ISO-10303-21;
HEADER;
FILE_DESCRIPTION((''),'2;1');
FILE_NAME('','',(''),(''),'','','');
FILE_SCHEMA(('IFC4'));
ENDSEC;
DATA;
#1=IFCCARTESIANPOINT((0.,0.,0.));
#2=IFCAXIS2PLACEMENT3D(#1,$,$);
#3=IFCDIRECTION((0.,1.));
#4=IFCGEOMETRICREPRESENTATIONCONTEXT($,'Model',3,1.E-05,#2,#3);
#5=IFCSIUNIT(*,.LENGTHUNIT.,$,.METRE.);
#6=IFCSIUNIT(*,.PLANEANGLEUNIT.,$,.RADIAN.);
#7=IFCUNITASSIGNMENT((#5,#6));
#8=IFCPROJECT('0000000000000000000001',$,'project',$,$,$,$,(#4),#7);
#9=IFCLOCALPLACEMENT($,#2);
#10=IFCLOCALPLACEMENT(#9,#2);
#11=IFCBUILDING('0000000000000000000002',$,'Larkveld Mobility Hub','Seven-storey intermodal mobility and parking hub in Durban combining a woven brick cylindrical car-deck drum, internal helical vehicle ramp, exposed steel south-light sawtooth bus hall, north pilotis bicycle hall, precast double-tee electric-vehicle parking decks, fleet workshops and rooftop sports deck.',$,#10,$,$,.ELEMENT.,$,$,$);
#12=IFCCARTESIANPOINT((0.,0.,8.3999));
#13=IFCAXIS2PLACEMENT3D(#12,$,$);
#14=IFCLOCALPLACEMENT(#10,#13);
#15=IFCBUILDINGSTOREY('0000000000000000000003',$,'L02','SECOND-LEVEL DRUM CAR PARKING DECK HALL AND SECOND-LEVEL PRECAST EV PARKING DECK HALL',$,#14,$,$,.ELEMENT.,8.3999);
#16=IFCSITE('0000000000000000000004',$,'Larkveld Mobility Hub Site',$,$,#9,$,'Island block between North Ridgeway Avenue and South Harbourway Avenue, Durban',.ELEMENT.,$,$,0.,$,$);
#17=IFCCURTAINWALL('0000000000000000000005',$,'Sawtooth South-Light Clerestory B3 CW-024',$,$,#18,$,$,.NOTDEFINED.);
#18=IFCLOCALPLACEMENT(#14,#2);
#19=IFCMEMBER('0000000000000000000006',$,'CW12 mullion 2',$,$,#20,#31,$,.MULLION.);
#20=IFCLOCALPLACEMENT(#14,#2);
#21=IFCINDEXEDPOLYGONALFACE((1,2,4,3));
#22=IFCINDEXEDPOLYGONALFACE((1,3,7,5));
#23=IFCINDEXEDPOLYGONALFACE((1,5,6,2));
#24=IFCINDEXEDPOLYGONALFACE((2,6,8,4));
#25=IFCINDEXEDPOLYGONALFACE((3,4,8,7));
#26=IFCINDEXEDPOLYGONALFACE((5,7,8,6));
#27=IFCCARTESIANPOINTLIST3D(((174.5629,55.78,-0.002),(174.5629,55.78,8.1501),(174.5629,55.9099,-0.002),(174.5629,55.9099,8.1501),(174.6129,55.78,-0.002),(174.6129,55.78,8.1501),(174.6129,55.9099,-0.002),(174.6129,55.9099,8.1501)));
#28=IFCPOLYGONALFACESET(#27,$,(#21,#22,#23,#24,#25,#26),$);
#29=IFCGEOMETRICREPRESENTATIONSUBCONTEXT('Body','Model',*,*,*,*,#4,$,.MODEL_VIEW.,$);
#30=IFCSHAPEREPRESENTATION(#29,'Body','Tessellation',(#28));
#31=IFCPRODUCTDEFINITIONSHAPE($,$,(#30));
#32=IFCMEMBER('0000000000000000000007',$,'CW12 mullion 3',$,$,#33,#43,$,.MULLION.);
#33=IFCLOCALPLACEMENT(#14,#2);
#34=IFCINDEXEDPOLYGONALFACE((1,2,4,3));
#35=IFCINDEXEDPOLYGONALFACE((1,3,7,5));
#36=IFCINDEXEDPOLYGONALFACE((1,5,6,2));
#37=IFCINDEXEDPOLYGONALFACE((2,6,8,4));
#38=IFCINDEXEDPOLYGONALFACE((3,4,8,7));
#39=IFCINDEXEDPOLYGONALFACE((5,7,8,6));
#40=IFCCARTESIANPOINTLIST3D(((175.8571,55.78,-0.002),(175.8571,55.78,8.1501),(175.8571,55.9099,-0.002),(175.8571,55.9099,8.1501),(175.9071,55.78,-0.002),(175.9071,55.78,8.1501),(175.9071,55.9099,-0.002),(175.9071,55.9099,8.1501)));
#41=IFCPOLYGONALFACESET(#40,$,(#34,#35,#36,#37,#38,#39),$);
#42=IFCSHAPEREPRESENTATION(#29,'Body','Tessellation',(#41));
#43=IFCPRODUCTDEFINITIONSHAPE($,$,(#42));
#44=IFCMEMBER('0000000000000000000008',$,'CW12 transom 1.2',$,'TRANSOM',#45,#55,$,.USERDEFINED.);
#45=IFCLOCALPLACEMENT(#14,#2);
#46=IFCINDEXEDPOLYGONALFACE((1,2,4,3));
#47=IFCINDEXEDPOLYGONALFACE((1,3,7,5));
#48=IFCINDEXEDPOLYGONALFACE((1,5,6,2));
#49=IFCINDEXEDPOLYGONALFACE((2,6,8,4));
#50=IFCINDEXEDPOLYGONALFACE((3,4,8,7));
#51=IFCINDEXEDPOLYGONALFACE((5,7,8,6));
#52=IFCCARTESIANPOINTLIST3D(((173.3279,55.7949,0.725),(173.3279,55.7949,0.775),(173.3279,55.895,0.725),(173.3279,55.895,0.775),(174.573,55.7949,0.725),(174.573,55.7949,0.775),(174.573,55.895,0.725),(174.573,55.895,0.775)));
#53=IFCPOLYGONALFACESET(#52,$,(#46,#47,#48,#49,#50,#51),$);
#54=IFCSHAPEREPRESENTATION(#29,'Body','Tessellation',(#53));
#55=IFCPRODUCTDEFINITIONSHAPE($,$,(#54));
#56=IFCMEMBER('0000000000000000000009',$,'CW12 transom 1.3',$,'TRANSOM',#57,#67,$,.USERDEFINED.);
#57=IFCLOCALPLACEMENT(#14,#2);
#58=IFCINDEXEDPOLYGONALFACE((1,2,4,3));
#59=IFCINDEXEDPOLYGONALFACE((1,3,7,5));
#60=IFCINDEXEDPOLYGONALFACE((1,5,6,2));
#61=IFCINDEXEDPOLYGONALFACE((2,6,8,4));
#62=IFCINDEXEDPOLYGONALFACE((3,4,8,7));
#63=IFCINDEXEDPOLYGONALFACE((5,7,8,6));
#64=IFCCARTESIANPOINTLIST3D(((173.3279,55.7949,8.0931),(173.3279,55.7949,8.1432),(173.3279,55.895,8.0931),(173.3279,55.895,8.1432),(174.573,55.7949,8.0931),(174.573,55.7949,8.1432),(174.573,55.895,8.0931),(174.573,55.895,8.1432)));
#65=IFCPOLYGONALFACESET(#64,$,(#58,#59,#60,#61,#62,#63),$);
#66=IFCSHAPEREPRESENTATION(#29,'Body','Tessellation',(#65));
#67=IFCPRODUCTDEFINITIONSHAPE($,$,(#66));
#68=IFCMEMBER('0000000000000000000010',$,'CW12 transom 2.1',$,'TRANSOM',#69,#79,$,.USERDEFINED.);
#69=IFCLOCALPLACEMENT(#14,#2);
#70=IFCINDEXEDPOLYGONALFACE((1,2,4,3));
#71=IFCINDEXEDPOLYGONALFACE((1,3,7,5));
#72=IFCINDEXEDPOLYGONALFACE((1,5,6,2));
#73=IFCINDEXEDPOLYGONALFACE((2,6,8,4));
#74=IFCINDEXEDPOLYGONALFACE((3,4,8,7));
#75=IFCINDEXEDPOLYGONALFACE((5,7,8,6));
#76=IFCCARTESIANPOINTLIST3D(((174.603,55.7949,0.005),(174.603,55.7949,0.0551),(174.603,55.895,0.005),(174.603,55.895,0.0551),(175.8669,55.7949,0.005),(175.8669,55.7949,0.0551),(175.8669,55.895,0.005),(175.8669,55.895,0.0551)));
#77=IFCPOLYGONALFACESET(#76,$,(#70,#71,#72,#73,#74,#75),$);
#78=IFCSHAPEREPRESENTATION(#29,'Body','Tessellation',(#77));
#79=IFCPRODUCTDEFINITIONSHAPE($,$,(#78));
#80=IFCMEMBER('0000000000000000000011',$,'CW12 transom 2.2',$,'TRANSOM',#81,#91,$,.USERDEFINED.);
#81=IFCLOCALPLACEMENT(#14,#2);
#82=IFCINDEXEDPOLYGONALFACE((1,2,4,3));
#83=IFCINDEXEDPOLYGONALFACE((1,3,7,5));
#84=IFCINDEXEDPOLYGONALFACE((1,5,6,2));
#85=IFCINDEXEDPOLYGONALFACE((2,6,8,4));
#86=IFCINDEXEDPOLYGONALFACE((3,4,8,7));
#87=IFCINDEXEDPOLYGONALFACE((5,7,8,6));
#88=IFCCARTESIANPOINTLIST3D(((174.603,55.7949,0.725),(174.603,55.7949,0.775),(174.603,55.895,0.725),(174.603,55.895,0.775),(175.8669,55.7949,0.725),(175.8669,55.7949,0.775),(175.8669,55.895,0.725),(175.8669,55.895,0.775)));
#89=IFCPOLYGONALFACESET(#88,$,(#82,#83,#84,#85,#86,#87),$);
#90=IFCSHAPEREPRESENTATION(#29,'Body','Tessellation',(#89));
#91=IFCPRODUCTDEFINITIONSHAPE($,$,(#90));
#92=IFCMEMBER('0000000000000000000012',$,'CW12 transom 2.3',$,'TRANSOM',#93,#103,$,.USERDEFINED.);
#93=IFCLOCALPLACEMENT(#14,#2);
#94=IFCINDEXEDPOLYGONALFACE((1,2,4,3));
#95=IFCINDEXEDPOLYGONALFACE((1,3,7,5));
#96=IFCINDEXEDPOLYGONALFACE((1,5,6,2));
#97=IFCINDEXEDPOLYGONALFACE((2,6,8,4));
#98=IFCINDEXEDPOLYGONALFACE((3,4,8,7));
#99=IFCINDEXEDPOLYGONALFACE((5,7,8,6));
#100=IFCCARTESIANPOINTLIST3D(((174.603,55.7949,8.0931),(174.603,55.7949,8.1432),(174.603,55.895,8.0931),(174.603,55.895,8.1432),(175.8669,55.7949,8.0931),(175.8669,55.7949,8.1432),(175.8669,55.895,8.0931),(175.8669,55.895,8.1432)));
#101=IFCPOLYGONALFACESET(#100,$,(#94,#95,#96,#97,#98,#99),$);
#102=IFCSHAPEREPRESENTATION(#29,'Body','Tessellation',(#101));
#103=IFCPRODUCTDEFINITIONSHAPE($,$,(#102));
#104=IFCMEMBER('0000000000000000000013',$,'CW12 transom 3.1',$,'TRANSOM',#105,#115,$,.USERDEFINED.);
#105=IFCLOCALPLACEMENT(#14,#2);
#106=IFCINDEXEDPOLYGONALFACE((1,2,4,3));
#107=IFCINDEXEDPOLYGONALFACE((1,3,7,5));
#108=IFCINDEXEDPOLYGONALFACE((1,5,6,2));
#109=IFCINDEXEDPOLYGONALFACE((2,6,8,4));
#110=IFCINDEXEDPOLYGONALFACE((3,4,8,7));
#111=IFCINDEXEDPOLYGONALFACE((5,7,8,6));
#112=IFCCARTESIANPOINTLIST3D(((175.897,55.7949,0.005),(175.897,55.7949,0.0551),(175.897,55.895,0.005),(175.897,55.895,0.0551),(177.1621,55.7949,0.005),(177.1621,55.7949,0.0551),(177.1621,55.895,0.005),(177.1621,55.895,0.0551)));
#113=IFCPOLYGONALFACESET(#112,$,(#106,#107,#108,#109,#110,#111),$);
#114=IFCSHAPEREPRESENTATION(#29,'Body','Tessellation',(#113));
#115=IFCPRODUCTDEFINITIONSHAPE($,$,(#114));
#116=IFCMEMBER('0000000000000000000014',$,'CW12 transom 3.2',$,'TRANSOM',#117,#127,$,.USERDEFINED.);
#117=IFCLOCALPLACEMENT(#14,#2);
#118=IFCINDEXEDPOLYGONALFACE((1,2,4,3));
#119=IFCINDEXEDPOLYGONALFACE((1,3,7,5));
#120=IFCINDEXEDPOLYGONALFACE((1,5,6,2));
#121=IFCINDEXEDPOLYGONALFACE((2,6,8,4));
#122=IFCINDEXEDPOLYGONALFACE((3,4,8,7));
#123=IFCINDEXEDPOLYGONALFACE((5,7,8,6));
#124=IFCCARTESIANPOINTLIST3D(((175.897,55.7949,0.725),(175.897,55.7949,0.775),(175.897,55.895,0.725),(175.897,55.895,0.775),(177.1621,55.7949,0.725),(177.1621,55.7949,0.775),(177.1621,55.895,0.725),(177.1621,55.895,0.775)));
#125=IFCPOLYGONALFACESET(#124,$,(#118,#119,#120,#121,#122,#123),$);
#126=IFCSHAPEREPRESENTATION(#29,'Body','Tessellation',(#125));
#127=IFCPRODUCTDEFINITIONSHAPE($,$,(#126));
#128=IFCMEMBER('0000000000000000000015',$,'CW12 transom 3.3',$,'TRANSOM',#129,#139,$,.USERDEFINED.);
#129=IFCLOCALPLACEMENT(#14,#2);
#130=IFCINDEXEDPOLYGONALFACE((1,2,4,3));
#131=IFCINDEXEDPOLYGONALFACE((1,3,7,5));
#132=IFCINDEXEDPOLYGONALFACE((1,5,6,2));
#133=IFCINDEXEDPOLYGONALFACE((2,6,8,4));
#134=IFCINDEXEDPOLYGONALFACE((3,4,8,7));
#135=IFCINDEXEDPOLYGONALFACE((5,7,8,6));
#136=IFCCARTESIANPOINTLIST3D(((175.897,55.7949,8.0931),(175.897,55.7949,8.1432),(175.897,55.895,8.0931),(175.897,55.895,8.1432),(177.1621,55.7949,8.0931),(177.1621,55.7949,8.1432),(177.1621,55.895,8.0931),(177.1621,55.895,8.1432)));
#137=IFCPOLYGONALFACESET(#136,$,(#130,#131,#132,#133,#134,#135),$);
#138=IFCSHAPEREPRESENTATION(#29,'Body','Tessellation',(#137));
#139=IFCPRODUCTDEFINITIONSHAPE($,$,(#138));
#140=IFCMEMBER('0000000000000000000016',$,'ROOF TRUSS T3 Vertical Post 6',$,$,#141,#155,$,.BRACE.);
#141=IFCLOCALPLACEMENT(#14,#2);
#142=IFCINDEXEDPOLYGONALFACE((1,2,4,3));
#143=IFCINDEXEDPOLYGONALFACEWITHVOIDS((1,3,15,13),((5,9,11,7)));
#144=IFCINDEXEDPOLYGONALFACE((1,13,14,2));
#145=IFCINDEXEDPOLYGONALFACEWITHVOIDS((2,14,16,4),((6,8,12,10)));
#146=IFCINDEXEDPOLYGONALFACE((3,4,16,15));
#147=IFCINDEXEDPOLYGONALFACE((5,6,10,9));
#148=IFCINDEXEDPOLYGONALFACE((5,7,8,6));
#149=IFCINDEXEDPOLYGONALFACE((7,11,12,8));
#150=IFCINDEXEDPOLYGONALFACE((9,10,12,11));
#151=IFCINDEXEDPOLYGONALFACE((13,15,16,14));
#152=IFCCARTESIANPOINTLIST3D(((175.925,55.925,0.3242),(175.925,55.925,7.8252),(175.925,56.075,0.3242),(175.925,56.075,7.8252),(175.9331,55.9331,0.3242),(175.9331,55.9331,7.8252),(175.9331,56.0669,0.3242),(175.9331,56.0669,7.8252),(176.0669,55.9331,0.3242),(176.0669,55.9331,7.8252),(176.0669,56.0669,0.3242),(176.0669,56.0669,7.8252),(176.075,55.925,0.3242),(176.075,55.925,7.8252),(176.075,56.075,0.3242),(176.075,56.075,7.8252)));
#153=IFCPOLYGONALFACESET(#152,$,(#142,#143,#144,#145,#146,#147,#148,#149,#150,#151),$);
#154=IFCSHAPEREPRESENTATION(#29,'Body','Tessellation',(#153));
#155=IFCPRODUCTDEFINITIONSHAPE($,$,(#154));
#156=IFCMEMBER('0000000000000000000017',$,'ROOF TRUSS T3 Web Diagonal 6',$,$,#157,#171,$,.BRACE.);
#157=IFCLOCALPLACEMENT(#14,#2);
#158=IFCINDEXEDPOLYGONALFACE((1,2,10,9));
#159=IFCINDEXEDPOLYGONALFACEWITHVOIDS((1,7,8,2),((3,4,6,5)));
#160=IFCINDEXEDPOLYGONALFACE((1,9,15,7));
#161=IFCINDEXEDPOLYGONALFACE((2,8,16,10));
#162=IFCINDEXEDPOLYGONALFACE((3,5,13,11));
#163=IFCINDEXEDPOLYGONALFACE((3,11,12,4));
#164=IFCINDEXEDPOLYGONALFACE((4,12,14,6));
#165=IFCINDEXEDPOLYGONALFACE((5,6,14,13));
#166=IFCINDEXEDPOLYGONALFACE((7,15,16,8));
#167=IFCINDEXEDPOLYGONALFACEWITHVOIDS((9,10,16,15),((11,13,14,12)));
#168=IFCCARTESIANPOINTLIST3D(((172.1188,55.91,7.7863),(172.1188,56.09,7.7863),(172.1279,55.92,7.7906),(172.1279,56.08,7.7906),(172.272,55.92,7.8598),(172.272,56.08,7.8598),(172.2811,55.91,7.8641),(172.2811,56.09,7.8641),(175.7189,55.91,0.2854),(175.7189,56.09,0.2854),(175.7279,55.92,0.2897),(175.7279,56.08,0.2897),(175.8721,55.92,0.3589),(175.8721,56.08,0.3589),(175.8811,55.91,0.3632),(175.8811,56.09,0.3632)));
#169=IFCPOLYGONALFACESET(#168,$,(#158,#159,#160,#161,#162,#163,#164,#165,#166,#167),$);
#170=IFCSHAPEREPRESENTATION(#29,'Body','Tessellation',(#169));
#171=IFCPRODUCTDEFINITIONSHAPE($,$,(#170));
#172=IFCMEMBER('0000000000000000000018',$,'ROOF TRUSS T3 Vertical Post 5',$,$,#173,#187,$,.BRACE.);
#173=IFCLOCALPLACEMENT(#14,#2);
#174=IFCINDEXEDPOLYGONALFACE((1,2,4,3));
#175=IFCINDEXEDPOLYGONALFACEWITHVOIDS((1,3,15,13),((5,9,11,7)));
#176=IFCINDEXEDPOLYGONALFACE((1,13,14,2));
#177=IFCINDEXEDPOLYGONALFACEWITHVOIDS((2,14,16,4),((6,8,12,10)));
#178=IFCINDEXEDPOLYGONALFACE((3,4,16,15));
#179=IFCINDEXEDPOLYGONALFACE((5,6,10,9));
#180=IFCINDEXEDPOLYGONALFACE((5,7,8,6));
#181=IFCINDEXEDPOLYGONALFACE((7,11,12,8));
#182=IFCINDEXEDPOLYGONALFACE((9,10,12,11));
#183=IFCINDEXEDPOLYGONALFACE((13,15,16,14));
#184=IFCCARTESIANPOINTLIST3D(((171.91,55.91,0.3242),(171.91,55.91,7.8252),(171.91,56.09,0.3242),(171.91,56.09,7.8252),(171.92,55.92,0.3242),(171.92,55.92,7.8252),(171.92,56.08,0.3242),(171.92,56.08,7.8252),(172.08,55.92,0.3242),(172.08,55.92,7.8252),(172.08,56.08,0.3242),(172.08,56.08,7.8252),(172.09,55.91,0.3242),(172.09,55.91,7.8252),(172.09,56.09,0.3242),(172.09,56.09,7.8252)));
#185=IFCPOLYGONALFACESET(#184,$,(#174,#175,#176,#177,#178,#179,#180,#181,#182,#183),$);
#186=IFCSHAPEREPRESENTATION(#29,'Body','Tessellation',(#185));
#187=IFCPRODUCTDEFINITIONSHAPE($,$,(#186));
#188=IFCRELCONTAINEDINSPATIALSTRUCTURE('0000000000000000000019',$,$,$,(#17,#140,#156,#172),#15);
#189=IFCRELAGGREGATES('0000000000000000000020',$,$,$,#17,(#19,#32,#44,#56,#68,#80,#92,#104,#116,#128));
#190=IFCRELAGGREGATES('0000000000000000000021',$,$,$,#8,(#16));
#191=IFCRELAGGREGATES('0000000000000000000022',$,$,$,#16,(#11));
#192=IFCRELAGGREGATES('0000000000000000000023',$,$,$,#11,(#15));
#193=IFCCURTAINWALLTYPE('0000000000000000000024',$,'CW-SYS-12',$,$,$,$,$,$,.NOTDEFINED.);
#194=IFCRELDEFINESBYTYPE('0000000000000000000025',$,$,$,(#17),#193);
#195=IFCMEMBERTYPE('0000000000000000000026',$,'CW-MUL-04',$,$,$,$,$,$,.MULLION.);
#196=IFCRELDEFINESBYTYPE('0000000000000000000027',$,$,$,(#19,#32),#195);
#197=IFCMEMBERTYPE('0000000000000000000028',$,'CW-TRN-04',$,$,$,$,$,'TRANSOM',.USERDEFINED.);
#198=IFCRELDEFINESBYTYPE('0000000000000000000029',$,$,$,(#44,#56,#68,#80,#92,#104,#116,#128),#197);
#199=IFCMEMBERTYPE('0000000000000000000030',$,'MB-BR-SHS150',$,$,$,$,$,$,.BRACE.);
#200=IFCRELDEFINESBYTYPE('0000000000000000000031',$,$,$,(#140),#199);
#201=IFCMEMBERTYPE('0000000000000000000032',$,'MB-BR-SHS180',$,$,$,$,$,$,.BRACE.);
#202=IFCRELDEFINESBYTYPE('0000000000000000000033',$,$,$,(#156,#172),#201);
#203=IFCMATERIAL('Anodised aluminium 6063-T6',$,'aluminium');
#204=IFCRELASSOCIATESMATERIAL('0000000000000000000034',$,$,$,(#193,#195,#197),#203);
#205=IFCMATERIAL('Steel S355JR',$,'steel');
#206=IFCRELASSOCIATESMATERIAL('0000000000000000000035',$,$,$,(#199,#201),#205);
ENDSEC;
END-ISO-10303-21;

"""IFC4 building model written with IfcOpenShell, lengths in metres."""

from ifc_helpers import new_model, si_unit, direction, frame, origin, origin_2d, place, context, subcontext, project, spatial, rectangle, hollow_rectangle, extrude, material, material_profile, profile_set, type_object, element, aggregate, save


model = new_model("IFC4")

# Units and contexts
model_context = context("Model", 3, precision=1e-05, world=origin(), true_north=direction((0.0, 1.0)))
body_context = subcontext(model_context, "Body", "Model", "MODEL_VIEW")
ifc_project = project(units=[si_unit("LENGTHUNIT", "METRE"), si_unit("PLANEANGLEUNIT", "RADIAN")], contexts=[model_context])

# Site, building, storey
site_placement = place(None, origin())
site = spatial("IfcSite", under=ifc_project, at=site_placement, Name="Larkveld Mobility Hub Site", LongName="Island block between North Ridgeway Avenue and South Harbourway Avenue, Durban", CompositionType="ELEMENT", RefElevation=0.0)
building_placement = place(site_placement, origin())
building = spatial("IfcBuilding", under=site, at=building_placement, Name="Larkveld Mobility Hub", Description="Seven-storey intermodal mobility and parking hub in Durban combining a woven brick cylindrical car-deck drum, internal helical vehicle ramp, exposed steel south-light sawtooth bus hall, north pilotis bicycle hall, precast double-tee electric-vehicle parking decks, fleet workshops and rooftop sports deck.", CompositionType="ELEMENT")
storey_placement = place(building_placement, frame((0.0, 0.0, 8.3999)))
storey = spatial("IfcBuildingStorey", under=building, at=storey_placement, Name="L02", Description="SECOND-LEVEL DRUM CAR PARKING DECK HALL AND SECOND-LEVEL PRECAST EV PARKING DECK HALL", CompositionType="ELEMENT", Elevation=8.3999)

# Curtain wall, members
ifc_material_1 = material(Name="Anodised aluminium 6063-T6", Category="aluminium")
curtain_wall_type = type_object("IfcCurtainWallType", Name="CW-SYS-12", PredefinedType="NOTDEFINED", material=ifc_material_1)
curtain_wall_placement = place(storey_placement, origin())
curtain_wall = element("IfcCurtainWall", 1, at=curtain_wall_placement, inside=storey, type_object=curtain_wall_type, Name="Sawtooth South-Light Clerestory B3 CW-024", PredefinedType="NOTDEFINED")
ifc_material_profile_1 = material_profile(ifc_material_1, rectangle(XDim=0.05, YDim=0.1299, at=origin_2d()), Name="ALU MULL 50x130")
ifc_profile_set_1 = profile_set([ifc_material_profile_1], Name="Anodised aluminium 6063-T6")
member_type_1 = type_object("IfcMemberType", Name="CW-MUL-04", PredefinedType="MULLION", material=ifc_profile_set_1)
member_1_placement = place(storey_placement, frame((174.5879, 55.845, -0.002), z_axis=(0.0, 0.0, 1.0), x_axis=(1.0, 0.0, 0.0)))
member_1 = element("IfcMember", 2, at=member_1_placement, type_object=member_type_1, Name="CW12 mullion 2", PredefinedType="MULLION", context=body_context, shape_type="SweptSolid", body=[
    extrude(rectangle(XDim=0.05, YDim=0.1299, at=origin_2d()), origin(), (0.0, 0.0, 1.0), 8.1521),
])
member_2_placement = place(storey_placement, frame((175.8821, 55.845, -0.002), z_axis=(0.0, 0.0, 1.0), x_axis=(1.0, 0.0, 0.0)))
member_2 = element("IfcMember", 3, at=member_2_placement, type_object=member_type_1, Name="CW12 mullion 3", PredefinedType="MULLION", context=body_context, shape_type="SweptSolid", body=[
    extrude(rectangle(XDim=0.05, YDim=0.1299, at=origin_2d()), origin(), (0.0, 0.0, 1.0), 8.1521),
])
ifc_material_profile_2 = material_profile(ifc_material_1, rectangle(XDim=0.1001, YDim=0.05, at=origin_2d()), Name="ALU TRAN 50x100")
ifc_profile_set_2 = profile_set([ifc_material_profile_2], Name="Anodised aluminium 6063-T6")
member_type_2 = type_object("IfcMemberType", Name="CW-TRN-04", ElementType="TRANSOM", PredefinedType="USERDEFINED", material=ifc_profile_set_2)
member_3_placement = place(storey_placement, frame((173.3279, 55.845, 0.75), z_axis=(1.0, 0.0, 0.0), x_axis=(0.0, 1.0, 0.0)))
member_3 = element("IfcMember", 4, at=member_3_placement, type_object=member_type_2, Name="CW12 transom 1.2", ObjectType="TRANSOM", PredefinedType="USERDEFINED", context=body_context, shape_type="SweptSolid", body=[
    extrude(rectangle(XDim=0.1001, YDim=0.05, at=origin_2d()), origin(), (0.0, 0.0, 1.0), 1.2451),
])
member_4_placement = place(storey_placement, frame((173.3279, 55.845, 8.1182), z_axis=(1.0, 0.0, 0.0), x_axis=(0.0, 1.0, 0.0)))
member_4 = element("IfcMember", 5, at=member_4_placement, type_object=member_type_2, Name="CW12 transom 1.3", ObjectType="TRANSOM", PredefinedType="USERDEFINED", context=body_context, shape_type="SweptSolid", body=[
    extrude(rectangle(XDim=0.1001, YDim=0.05, at=origin_2d()), origin(), (0.0, 0.0, 1.0), 1.2451),
])
member_5_placement = place(storey_placement, frame((174.603, 55.845, 0.03), z_axis=(1.0, 0.0, 0.0), x_axis=(0.0, 1.0, 0.0)))
member_5 = element("IfcMember", 6, at=member_5_placement, type_object=member_type_2, Name="CW12 transom 2.1", ObjectType="TRANSOM", PredefinedType="USERDEFINED", context=body_context, shape_type="SweptSolid", body=[
    extrude(rectangle(XDim=0.1001, YDim=0.05, at=origin_2d()), origin(), (0.0, 0.0, 1.0), 1.2639),
])
member_6_placement = place(storey_placement, frame((174.603, 55.845, 0.75), z_axis=(1.0, 0.0, 0.0), x_axis=(0.0, 1.0, 0.0)))
member_6 = element("IfcMember", 7, at=member_6_placement, type_object=member_type_2, Name="CW12 transom 2.2", ObjectType="TRANSOM", PredefinedType="USERDEFINED", context=body_context, shape_type="SweptSolid", body=[
    extrude(rectangle(XDim=0.1001, YDim=0.05, at=origin_2d()), origin(), (0.0, 0.0, 1.0), 1.2639),
])
member_7_placement = place(storey_placement, frame((174.603, 55.845, 8.1182), z_axis=(1.0, 0.0, 0.0), x_axis=(0.0, 1.0, 0.0)))
member_7 = element("IfcMember", 8, at=member_7_placement, type_object=member_type_2, Name="CW12 transom 2.3", ObjectType="TRANSOM", PredefinedType="USERDEFINED", context=body_context, shape_type="SweptSolid", body=[
    extrude(rectangle(XDim=0.1001, YDim=0.05, at=origin_2d()), origin(), (0.0, 0.0, 1.0), 1.2639),
])
member_8_placement = place(storey_placement, frame((175.897, 55.845, 0.03), z_axis=(1.0, 0.0, 0.0), x_axis=(0.0, 1.0, 0.0)))
member_8 = element("IfcMember", 9, at=member_8_placement, type_object=member_type_2, Name="CW12 transom 3.1", ObjectType="TRANSOM", PredefinedType="USERDEFINED", context=body_context, shape_type="SweptSolid", body=[
    extrude(rectangle(XDim=0.1001, YDim=0.05, at=origin_2d()), origin(), (0.0, 0.0, 1.0), 1.2651),
])
member_9_placement = place(storey_placement, frame((175.897, 55.845, 0.75), z_axis=(1.0, 0.0, 0.0), x_axis=(0.0, 1.0, 0.0)))
member_9 = element("IfcMember", 10, at=member_9_placement, type_object=member_type_2, Name="CW12 transom 3.2", ObjectType="TRANSOM", PredefinedType="USERDEFINED", context=body_context, shape_type="SweptSolid", body=[
    extrude(rectangle(XDim=0.1001, YDim=0.05, at=origin_2d()), origin(), (0.0, 0.0, 1.0), 1.2651),
])
member_10_placement = place(storey_placement, frame((175.897, 55.845, 8.1182), z_axis=(1.0, 0.0, 0.0), x_axis=(0.0, 1.0, 0.0)))
member_10 = element("IfcMember", 11, at=member_10_placement, type_object=member_type_2, Name="CW12 transom 3.3", ObjectType="TRANSOM", PredefinedType="USERDEFINED", context=body_context, shape_type="SweptSolid", body=[
    extrude(rectangle(XDim=0.1001, YDim=0.05, at=origin_2d()), origin(), (0.0, 0.0, 1.0), 1.2651),
])

# Members
ifc_material_2 = material(Name="Steel S355JR", Category="steel")
ifc_material_profile_3 = material_profile(ifc_material_2, hollow_rectangle(XDim=0.1499, YDim=0.1499, WallThickness=0.0081, at=origin_2d()), Name="SHS 150x150x8")
ifc_profile_set_3 = profile_set([ifc_material_profile_3], Name="Steel S355JR")
member_type_3 = type_object("IfcMemberType", Name="MB-BR-SHS150", PredefinedType="BRACE", material=ifc_profile_set_3)
member_11_placement = place(storey_placement, frame((176.0, 56.0, 0.3242), z_axis=(0.0, 0.0, 1.0), x_axis=(1.0, 0.0, 0.0)))
element("IfcMember", 12, at=member_11_placement, inside=storey, type_object=member_type_3, Name="ROOF TRUSS T3 Vertical Post 6", PredefinedType="BRACE", context=body_context, shape_type="SweptSolid", body=[
    extrude(hollow_rectangle(XDim=0.1499, YDim=0.1499, WallThickness=0.0081, at=origin_2d()), origin(), (0.0, 0.0, 1.0), 7.501),
])
ifc_material_profile_4 = material_profile(ifc_material_2, hollow_rectangle(XDim=0.1799, YDim=0.1799, WallThickness=0.01, at=origin_2d()), Name="SHS 180x180x10")
ifc_profile_set_4 = profile_set([ifc_material_profile_4], Name="Steel S355JR")
member_type_4 = type_object("IfcMemberType", Name="MB-BR-SHS180", PredefinedType="BRACE", material=ifc_profile_set_4)
member_12_placement = place(storey_placement, frame((172.2, 56.0, 7.8252), z_axis=(0.432695, 0.0, -0.90154), x_axis=(0.0, 1.0, 0.0)))
element("IfcMember", 13, at=member_12_placement, inside=storey, type_object=member_type_4, Name="ROOF TRUSS T3 Web Diagonal 6", PredefinedType="BRACE", context=body_context, shape_type="SweptSolid", body=[
    extrude(hollow_rectangle(XDim=0.1799, YDim=0.1799, WallThickness=0.01, at=origin_2d()), origin(), (0.0, 0.0, 1.0), 8.3201),
])
member_13_placement = place(storey_placement, frame((172.0, 56.0, 0.3242), z_axis=(0.0, 0.0, 1.0), x_axis=(1.0, 0.0, 0.0)))
element("IfcMember", 14, at=member_13_placement, inside=storey, type_object=member_type_4, Name="ROOF TRUSS T3 Vertical Post 5", PredefinedType="BRACE", context=body_context, shape_type="SweptSolid", body=[
    extrude(hollow_rectangle(XDim=0.1799, YDim=0.1799, WallThickness=0.01, at=origin_2d()), origin(), (0.0, 0.0, 1.0), 7.501),
])

aggregate(curtain_wall, [member_1, member_2, member_3, member_4, member_5, member_6, member_7, member_8, member_9, member_10])

save(model, "model.ifc")
